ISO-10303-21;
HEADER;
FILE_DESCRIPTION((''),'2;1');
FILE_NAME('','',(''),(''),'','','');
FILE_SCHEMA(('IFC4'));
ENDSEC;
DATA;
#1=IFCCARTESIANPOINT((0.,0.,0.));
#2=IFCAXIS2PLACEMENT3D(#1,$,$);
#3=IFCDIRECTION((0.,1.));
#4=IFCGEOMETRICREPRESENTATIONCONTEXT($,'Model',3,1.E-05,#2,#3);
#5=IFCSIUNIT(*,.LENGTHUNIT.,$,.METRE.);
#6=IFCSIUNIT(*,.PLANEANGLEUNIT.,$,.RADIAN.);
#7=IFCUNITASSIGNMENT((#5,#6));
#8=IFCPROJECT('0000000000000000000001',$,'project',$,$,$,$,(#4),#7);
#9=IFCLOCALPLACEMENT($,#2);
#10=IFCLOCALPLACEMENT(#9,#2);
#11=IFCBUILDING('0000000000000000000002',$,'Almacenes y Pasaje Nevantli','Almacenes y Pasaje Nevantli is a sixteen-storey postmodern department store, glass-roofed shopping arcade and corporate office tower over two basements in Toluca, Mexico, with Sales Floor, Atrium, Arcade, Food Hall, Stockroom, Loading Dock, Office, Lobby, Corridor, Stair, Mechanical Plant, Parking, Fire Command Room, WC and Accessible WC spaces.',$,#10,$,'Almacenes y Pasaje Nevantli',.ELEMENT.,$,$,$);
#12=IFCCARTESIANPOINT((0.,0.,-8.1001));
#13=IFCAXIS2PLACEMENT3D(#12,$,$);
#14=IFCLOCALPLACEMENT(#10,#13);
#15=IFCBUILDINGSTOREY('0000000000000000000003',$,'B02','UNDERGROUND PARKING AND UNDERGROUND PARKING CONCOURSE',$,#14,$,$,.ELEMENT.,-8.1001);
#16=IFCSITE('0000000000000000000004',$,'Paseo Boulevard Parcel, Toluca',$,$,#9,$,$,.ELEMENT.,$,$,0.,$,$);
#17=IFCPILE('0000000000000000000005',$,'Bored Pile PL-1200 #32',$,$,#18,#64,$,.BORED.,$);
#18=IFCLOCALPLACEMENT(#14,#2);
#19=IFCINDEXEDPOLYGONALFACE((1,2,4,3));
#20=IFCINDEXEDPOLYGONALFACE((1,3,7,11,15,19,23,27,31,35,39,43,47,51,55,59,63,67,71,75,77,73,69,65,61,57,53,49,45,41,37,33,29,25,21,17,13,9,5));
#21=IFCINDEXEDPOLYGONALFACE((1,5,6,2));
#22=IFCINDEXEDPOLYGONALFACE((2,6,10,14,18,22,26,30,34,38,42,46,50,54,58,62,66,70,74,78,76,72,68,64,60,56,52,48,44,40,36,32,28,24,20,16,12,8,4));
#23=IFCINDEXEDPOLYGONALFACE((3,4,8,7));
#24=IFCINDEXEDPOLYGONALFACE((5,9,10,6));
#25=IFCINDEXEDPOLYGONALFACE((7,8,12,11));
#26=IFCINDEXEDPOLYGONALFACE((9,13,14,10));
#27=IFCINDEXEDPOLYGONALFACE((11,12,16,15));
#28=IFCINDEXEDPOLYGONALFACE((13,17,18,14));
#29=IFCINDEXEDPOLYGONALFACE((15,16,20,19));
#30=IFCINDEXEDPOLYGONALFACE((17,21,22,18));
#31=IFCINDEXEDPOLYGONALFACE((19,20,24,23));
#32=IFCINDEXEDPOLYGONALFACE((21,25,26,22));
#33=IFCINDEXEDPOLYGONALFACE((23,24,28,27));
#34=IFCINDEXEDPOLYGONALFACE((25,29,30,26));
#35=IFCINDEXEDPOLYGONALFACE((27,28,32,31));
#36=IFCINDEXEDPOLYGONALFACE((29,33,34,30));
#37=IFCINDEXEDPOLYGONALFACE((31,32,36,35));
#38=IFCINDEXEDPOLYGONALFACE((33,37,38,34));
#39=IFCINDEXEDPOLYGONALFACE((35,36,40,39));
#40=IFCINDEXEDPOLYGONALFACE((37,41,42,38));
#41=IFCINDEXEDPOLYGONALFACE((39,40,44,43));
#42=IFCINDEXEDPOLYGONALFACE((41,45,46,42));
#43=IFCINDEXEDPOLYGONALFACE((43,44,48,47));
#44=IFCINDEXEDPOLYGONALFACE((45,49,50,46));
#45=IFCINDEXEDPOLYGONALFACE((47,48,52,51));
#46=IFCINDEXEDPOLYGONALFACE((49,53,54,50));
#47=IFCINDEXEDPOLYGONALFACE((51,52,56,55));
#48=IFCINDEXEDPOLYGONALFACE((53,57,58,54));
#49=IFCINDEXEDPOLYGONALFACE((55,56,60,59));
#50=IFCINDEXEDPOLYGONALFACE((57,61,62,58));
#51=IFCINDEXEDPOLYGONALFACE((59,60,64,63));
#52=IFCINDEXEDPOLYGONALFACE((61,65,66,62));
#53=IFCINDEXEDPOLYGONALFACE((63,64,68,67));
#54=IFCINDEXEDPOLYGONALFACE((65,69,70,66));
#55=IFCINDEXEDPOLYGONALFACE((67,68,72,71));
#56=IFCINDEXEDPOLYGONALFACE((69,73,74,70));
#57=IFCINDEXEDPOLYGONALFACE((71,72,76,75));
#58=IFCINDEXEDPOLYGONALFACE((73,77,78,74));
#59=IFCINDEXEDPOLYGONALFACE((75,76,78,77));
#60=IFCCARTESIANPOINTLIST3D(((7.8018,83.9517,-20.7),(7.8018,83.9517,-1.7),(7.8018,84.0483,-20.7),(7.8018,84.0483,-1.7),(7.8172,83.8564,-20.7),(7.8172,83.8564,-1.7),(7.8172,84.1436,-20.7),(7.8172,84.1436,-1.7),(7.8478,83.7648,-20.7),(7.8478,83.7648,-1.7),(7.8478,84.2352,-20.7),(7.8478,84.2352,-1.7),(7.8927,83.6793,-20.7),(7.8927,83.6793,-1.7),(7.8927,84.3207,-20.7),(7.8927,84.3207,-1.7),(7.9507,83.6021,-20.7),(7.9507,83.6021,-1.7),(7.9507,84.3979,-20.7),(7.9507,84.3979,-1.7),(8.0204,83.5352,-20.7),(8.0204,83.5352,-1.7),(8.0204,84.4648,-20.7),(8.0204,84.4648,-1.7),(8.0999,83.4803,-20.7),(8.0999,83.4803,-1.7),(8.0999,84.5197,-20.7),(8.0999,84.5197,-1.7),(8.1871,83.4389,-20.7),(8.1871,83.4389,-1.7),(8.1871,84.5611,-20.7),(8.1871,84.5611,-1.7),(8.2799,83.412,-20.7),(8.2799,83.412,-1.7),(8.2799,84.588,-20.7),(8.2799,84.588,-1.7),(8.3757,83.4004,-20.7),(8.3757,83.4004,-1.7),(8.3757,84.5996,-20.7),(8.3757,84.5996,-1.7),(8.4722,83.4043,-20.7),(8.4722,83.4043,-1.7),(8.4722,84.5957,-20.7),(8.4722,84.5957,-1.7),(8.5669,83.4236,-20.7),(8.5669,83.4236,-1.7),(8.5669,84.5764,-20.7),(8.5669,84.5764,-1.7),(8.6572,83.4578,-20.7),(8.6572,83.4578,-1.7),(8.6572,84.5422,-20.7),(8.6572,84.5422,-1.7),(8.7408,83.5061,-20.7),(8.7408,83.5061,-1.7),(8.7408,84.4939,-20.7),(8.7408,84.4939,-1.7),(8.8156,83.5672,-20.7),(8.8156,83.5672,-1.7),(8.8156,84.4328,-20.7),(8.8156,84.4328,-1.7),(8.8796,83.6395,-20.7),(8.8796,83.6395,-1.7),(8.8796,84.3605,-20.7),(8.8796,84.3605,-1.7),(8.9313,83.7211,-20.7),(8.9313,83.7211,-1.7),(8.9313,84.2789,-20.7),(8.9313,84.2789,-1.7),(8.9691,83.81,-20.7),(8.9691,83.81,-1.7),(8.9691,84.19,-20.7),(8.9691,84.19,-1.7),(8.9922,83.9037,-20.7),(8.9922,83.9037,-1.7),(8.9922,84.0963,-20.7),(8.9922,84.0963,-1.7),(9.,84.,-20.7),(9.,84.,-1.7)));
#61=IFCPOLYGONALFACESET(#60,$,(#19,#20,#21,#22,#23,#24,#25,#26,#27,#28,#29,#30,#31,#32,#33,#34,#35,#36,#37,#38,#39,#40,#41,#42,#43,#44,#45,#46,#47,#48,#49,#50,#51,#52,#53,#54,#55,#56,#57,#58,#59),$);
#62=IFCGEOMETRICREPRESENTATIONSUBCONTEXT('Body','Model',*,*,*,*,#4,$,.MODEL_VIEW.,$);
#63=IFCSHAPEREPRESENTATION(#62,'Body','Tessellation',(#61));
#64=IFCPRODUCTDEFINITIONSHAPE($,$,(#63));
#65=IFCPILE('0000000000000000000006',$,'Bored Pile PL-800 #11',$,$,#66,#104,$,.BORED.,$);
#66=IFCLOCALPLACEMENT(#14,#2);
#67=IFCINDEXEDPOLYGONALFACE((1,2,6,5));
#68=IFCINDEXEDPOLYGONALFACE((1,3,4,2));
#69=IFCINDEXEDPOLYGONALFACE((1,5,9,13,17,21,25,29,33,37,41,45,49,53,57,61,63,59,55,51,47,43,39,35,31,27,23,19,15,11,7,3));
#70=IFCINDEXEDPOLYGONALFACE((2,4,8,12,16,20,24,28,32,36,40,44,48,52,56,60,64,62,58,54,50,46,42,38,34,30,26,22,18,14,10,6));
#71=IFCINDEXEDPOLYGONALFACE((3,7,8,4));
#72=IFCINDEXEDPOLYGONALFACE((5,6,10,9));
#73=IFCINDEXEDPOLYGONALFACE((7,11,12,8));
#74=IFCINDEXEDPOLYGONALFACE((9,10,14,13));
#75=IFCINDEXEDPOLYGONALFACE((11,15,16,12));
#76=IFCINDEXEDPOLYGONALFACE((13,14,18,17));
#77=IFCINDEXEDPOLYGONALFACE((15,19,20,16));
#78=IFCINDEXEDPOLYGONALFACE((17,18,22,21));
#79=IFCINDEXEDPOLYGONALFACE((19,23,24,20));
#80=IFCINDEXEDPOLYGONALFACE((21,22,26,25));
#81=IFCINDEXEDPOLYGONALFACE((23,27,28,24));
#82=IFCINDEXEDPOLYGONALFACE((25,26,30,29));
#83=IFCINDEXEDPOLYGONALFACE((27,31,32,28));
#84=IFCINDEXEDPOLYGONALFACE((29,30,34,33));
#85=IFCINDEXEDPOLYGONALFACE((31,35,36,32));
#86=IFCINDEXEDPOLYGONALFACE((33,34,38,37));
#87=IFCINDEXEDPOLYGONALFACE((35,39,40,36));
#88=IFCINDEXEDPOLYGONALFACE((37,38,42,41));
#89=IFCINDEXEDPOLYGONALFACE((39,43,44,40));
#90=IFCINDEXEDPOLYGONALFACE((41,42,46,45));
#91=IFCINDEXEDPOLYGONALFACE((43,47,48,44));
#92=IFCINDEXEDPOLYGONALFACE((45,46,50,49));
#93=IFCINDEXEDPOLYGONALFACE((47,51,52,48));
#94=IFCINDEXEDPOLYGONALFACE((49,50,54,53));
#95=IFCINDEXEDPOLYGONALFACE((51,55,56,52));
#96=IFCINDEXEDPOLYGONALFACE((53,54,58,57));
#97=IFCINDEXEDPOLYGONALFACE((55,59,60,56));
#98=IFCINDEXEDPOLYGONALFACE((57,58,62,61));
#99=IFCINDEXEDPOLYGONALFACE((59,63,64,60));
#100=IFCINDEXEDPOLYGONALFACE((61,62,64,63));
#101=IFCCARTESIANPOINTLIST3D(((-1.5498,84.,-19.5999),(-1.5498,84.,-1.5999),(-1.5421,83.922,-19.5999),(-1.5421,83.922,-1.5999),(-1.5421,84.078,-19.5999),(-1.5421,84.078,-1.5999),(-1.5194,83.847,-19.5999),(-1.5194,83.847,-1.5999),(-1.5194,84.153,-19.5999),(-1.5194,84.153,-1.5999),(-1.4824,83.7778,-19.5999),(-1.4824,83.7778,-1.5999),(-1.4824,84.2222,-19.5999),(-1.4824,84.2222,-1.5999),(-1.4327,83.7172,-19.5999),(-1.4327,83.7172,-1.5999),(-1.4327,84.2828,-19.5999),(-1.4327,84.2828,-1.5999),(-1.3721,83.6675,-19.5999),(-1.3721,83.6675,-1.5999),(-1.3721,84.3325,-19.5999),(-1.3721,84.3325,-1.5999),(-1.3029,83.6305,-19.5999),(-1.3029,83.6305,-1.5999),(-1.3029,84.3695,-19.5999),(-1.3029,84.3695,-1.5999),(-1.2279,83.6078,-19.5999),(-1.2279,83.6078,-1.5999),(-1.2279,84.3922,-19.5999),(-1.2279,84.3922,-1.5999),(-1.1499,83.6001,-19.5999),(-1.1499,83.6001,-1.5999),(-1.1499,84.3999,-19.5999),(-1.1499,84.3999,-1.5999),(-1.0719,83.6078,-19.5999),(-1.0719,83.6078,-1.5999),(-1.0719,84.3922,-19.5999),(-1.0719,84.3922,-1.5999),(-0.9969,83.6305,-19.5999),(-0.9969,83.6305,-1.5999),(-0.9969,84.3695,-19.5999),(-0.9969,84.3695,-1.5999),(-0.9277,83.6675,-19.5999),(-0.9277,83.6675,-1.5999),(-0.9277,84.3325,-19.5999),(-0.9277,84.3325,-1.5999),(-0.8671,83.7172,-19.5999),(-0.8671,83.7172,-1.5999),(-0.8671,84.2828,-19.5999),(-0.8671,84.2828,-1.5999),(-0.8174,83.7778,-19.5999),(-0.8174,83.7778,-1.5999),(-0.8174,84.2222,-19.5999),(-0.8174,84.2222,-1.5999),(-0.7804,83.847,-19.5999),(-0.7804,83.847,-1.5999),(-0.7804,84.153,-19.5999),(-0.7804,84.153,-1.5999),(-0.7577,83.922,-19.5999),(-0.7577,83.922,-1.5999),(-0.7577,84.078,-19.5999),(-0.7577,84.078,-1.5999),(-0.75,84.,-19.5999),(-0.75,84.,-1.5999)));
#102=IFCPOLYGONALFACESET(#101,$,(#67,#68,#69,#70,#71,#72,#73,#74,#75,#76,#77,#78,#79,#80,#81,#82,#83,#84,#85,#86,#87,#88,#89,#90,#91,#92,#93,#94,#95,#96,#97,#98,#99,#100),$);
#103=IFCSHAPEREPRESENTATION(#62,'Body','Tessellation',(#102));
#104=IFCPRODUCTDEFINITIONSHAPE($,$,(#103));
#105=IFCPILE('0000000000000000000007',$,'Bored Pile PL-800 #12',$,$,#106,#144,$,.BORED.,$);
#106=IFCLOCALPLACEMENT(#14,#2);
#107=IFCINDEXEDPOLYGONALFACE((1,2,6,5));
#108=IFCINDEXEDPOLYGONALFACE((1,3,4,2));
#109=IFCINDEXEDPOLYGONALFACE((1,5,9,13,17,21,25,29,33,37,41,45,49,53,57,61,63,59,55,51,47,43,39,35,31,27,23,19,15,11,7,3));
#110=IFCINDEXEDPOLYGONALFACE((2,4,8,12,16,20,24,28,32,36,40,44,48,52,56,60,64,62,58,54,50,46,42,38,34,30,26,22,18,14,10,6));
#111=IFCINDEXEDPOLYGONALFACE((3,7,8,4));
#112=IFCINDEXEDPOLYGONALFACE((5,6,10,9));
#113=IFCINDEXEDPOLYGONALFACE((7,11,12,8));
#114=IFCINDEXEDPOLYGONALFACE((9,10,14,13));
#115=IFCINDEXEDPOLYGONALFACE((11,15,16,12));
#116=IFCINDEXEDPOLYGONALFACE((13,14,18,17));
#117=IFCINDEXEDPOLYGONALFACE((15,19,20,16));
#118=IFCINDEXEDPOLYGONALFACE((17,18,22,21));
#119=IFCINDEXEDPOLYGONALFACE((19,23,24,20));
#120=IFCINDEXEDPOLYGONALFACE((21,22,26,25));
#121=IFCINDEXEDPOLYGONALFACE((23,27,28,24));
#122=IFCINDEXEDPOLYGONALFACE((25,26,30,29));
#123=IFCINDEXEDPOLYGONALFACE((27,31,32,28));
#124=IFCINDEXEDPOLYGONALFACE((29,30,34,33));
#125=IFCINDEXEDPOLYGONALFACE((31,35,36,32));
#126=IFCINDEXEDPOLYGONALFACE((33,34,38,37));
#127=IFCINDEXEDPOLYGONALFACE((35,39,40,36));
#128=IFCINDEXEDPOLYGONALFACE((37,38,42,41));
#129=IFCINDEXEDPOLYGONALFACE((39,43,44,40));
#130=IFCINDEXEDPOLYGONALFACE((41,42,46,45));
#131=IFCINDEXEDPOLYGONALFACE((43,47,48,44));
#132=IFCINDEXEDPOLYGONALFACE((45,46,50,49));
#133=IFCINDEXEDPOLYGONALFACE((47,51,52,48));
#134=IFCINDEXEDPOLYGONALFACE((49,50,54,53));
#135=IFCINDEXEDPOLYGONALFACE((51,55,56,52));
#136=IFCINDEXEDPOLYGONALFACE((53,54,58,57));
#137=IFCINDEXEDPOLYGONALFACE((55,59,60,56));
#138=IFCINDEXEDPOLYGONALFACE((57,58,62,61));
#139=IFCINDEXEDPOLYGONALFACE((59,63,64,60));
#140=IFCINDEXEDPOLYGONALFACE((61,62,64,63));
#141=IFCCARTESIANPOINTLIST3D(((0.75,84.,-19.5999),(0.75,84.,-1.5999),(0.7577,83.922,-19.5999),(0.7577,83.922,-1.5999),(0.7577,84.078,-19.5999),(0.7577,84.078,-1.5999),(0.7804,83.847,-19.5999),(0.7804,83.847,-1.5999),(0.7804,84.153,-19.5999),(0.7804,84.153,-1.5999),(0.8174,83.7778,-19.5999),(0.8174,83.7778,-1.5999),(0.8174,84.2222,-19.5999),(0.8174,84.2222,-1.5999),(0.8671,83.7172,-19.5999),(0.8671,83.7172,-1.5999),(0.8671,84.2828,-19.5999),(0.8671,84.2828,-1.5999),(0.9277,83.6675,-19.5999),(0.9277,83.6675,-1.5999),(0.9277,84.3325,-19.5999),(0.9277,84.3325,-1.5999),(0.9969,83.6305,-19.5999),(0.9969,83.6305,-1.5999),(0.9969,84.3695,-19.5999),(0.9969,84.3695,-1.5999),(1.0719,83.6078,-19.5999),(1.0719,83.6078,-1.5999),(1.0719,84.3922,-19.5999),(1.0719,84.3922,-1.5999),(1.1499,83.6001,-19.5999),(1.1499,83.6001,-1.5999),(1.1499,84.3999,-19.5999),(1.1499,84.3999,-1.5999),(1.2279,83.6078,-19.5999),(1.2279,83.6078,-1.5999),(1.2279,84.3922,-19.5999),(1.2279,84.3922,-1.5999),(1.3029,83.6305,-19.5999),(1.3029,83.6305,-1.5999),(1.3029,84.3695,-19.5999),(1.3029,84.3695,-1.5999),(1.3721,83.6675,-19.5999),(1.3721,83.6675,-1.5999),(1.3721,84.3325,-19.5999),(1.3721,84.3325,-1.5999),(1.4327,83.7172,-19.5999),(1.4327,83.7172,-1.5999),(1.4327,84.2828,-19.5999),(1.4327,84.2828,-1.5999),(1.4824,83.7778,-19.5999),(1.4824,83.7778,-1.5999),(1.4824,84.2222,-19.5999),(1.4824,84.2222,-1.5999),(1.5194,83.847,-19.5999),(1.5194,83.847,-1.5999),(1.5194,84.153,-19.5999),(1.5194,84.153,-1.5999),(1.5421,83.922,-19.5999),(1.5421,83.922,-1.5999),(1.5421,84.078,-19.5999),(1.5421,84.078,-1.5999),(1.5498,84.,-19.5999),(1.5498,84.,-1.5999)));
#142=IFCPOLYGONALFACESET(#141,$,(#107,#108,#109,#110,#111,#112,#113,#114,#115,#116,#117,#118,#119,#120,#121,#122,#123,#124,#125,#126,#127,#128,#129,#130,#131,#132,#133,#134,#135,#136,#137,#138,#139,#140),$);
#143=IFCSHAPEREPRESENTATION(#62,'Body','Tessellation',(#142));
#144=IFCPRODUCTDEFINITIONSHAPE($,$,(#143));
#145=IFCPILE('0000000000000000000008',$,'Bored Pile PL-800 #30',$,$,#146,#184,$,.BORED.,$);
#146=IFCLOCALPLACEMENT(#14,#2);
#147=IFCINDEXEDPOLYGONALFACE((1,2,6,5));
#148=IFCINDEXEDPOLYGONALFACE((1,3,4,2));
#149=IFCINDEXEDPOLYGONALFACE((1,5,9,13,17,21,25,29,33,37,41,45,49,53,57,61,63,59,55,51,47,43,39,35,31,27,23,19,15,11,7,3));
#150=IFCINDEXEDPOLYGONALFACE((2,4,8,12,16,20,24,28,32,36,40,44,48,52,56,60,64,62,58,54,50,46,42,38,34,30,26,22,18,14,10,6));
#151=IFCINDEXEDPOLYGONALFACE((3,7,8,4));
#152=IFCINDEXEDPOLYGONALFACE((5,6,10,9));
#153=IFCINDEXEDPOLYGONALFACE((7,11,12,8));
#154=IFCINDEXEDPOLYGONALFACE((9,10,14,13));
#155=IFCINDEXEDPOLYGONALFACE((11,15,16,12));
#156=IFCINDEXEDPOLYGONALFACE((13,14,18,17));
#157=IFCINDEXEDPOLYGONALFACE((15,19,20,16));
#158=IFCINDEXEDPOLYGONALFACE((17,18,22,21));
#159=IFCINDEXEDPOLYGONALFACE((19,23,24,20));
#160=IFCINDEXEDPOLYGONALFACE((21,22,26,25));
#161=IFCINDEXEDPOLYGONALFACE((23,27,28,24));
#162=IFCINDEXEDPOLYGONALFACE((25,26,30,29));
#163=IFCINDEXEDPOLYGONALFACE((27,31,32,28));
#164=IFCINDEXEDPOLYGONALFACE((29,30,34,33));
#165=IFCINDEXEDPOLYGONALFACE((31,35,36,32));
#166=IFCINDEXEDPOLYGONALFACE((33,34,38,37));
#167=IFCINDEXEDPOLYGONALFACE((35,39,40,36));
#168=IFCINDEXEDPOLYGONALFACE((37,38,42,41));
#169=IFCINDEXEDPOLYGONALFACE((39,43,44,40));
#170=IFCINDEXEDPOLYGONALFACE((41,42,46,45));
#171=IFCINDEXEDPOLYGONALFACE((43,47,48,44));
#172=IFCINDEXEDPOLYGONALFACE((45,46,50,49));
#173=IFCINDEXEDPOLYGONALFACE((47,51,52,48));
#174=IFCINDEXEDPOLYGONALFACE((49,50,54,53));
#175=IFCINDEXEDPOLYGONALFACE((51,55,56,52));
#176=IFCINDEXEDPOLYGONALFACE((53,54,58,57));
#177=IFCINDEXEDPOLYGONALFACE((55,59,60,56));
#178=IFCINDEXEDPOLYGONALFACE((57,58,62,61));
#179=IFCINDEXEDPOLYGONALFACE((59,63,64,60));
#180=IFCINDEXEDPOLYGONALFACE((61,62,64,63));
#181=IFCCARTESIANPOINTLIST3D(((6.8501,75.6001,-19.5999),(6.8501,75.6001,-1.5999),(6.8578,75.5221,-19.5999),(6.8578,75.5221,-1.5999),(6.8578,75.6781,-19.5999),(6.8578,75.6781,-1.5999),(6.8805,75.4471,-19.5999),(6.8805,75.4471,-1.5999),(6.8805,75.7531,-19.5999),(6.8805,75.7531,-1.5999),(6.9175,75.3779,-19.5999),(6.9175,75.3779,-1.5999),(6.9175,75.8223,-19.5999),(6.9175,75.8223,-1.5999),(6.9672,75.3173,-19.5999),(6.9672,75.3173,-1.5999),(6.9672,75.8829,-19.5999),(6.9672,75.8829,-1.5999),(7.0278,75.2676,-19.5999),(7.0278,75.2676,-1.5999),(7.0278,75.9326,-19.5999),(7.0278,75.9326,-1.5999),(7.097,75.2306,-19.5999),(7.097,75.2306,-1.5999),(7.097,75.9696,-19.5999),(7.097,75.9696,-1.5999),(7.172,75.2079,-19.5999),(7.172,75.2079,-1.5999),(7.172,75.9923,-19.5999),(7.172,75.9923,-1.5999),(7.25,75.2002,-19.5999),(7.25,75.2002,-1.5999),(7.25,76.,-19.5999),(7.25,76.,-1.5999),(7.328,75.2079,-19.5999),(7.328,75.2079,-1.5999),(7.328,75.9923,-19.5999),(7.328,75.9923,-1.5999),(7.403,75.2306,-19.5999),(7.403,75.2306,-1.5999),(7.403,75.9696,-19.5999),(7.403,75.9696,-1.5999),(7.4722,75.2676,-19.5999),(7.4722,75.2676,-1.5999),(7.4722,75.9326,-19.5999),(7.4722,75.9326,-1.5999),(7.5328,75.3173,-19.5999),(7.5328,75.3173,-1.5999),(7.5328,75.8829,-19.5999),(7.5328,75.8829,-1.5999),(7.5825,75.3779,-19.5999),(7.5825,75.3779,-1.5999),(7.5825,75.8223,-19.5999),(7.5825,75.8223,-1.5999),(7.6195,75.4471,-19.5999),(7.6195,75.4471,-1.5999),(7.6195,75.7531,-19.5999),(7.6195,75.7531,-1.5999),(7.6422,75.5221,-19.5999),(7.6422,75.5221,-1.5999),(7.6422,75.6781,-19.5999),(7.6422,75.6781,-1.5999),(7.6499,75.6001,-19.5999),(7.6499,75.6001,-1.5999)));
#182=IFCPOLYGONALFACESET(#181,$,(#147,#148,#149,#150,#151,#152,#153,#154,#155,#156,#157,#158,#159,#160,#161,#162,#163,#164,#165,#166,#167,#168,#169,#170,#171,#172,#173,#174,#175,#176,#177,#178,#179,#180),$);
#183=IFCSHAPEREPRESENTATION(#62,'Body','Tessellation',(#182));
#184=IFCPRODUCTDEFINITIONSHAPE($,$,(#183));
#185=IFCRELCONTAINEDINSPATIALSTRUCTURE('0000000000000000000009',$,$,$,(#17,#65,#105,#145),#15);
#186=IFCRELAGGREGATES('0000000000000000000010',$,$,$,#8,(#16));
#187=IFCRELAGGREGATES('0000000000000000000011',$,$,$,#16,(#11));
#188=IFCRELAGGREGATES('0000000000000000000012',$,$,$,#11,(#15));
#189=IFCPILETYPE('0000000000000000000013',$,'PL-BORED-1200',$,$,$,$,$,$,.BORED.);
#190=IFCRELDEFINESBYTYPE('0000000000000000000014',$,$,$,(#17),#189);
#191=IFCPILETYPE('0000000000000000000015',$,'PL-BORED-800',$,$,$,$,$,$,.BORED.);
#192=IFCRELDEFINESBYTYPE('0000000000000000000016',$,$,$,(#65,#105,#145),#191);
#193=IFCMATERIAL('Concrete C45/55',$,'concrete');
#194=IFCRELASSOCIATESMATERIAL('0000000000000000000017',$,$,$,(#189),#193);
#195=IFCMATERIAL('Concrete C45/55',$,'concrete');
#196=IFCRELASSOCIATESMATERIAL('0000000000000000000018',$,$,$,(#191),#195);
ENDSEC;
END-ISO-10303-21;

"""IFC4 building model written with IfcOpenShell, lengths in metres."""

from ifc_helpers import new_model, si_unit, direction, frame, origin, origin_2d, place, context, subcontext, project, spatial, circle, extrude, material, material_profile, profile_set, type_object, element, save


model = new_model("IFC4")

# Units and contexts
model_context = context("Model", 3, precision=1e-05, world=origin(), true_north=direction((0.0, 1.0)))
body_context = subcontext(model_context, "Body", "Model", "MODEL_VIEW")
ifc_project = project(units=[si_unit("LENGTHUNIT", "METRE"), si_unit("PLANEANGLEUNIT", "RADIAN")], contexts=[model_context])

# Site, building, storey
site_placement = place(None, origin())
site = spatial("IfcSite", under=ifc_project, at=site_placement, Name="Paseo Boulevard Parcel, Toluca", CompositionType="ELEMENT", RefElevation=0.0)
building_placement = place(site_placement, origin())
building = spatial("IfcBuilding", under=site, at=building_placement, Name="Almacenes y Pasaje Nevantli", Description="Almacenes y Pasaje Nevantli is a sixteen-storey postmodern department store, glass-roofed shopping arcade and corporate office tower over two basements in Toluca, Mexico, with Sales Floor, Atrium, Arcade, Food Hall, Stockroom, Loading Dock, Office, Lobby, Corridor, Stair, Mechanical Plant, Parking, Fire Command Room, WC and Accessible WC spaces.", LongName="Almacenes y Pasaje Nevantli", CompositionType="ELEMENT")
storey_placement = place(building_placement, frame((0.0, 0.0, -8.1001)))
storey = spatial("IfcBuildingStorey", under=building, at=storey_placement, Name="B02", Description="UNDERGROUND PARKING AND UNDERGROUND PARKING CONCOURSE", CompositionType="ELEMENT", Elevation=-8.1001)

# Piles
ifc_material_1 = material(Name="Concrete C45/55", Category="concrete")
ifc_material_profile_1 = material_profile(ifc_material_1, circle(Radius=0.6001, at=origin_2d()), Name="RC-PILE-D1200")
ifc_profile_set_1 = profile_set([ifc_material_profile_1], Name="Concrete C45/55")
pile_type_1 = type_object("IfcPileType", Name="PL-BORED-1200", PredefinedType="BORED", material=ifc_profile_set_1)
pile_placement = place(storey_placement, frame((8.3999, 84.0, -1.7), z_axis=(0.0, 0.0, -1.0), x_axis=(1.0, 0.0, 0.0)))
element("IfcPile", 1, at=pile_placement, inside=storey, type_object=pile_type_1, Name="Bored Pile PL-1200 #32", PredefinedType="BORED", context=body_context, shape_type="SweptSolid", body=[
    extrude(circle(Radius=0.6001, at=origin_2d()), origin(), (0.0, 0.0, 1.0), 19.0),
])
ifc_material_2 = material(Name="Concrete C45/55", Category="concrete")
ifc_material_profile_2 = material_profile(ifc_material_2, circle(Radius=0.3999, at=origin_2d()), Name="RC-PILE-D800")
ifc_profile_set_2 = profile_set([ifc_material_profile_2], Name="Concrete C45/55")
pile_type_2 = type_object("IfcPileType", Name="PL-BORED-800", PredefinedType="BORED", material=ifc_profile_set_2)
for number, where, z_axis, x_axis, name in (
    (2, (-1.1499, 84.0, -1.5999), (0.0, 0.0, -1.0), (1.0, 0.0, 0.0), "Bored Pile PL-800 #11"),
    (3, (1.1499, 84.0, -1.5999), (0.0, 0.0, -1.0), (1.0, 0.0, 0.0), "Bored Pile PL-800 #12"),
    (4, (7.25, 75.6001, -1.5999), (0.0, 0.0, -1.0), (1.0, 0.0, 0.0), "Bored Pile PL-800 #30"),
):
    element("IfcPile", number, at=place(storey_placement, frame(where, z_axis=z_axis, x_axis=x_axis)), inside=storey, type_object=pile_type_2, Name=name, PredefinedType="BORED", context=body_context, shape_type="SweptSolid", body=[
        extrude(circle(Radius=0.3999, at=origin_2d()), origin(), (0.0, 0.0, 1.0), 18.0),
    ])

save(model, "model.ifc")
